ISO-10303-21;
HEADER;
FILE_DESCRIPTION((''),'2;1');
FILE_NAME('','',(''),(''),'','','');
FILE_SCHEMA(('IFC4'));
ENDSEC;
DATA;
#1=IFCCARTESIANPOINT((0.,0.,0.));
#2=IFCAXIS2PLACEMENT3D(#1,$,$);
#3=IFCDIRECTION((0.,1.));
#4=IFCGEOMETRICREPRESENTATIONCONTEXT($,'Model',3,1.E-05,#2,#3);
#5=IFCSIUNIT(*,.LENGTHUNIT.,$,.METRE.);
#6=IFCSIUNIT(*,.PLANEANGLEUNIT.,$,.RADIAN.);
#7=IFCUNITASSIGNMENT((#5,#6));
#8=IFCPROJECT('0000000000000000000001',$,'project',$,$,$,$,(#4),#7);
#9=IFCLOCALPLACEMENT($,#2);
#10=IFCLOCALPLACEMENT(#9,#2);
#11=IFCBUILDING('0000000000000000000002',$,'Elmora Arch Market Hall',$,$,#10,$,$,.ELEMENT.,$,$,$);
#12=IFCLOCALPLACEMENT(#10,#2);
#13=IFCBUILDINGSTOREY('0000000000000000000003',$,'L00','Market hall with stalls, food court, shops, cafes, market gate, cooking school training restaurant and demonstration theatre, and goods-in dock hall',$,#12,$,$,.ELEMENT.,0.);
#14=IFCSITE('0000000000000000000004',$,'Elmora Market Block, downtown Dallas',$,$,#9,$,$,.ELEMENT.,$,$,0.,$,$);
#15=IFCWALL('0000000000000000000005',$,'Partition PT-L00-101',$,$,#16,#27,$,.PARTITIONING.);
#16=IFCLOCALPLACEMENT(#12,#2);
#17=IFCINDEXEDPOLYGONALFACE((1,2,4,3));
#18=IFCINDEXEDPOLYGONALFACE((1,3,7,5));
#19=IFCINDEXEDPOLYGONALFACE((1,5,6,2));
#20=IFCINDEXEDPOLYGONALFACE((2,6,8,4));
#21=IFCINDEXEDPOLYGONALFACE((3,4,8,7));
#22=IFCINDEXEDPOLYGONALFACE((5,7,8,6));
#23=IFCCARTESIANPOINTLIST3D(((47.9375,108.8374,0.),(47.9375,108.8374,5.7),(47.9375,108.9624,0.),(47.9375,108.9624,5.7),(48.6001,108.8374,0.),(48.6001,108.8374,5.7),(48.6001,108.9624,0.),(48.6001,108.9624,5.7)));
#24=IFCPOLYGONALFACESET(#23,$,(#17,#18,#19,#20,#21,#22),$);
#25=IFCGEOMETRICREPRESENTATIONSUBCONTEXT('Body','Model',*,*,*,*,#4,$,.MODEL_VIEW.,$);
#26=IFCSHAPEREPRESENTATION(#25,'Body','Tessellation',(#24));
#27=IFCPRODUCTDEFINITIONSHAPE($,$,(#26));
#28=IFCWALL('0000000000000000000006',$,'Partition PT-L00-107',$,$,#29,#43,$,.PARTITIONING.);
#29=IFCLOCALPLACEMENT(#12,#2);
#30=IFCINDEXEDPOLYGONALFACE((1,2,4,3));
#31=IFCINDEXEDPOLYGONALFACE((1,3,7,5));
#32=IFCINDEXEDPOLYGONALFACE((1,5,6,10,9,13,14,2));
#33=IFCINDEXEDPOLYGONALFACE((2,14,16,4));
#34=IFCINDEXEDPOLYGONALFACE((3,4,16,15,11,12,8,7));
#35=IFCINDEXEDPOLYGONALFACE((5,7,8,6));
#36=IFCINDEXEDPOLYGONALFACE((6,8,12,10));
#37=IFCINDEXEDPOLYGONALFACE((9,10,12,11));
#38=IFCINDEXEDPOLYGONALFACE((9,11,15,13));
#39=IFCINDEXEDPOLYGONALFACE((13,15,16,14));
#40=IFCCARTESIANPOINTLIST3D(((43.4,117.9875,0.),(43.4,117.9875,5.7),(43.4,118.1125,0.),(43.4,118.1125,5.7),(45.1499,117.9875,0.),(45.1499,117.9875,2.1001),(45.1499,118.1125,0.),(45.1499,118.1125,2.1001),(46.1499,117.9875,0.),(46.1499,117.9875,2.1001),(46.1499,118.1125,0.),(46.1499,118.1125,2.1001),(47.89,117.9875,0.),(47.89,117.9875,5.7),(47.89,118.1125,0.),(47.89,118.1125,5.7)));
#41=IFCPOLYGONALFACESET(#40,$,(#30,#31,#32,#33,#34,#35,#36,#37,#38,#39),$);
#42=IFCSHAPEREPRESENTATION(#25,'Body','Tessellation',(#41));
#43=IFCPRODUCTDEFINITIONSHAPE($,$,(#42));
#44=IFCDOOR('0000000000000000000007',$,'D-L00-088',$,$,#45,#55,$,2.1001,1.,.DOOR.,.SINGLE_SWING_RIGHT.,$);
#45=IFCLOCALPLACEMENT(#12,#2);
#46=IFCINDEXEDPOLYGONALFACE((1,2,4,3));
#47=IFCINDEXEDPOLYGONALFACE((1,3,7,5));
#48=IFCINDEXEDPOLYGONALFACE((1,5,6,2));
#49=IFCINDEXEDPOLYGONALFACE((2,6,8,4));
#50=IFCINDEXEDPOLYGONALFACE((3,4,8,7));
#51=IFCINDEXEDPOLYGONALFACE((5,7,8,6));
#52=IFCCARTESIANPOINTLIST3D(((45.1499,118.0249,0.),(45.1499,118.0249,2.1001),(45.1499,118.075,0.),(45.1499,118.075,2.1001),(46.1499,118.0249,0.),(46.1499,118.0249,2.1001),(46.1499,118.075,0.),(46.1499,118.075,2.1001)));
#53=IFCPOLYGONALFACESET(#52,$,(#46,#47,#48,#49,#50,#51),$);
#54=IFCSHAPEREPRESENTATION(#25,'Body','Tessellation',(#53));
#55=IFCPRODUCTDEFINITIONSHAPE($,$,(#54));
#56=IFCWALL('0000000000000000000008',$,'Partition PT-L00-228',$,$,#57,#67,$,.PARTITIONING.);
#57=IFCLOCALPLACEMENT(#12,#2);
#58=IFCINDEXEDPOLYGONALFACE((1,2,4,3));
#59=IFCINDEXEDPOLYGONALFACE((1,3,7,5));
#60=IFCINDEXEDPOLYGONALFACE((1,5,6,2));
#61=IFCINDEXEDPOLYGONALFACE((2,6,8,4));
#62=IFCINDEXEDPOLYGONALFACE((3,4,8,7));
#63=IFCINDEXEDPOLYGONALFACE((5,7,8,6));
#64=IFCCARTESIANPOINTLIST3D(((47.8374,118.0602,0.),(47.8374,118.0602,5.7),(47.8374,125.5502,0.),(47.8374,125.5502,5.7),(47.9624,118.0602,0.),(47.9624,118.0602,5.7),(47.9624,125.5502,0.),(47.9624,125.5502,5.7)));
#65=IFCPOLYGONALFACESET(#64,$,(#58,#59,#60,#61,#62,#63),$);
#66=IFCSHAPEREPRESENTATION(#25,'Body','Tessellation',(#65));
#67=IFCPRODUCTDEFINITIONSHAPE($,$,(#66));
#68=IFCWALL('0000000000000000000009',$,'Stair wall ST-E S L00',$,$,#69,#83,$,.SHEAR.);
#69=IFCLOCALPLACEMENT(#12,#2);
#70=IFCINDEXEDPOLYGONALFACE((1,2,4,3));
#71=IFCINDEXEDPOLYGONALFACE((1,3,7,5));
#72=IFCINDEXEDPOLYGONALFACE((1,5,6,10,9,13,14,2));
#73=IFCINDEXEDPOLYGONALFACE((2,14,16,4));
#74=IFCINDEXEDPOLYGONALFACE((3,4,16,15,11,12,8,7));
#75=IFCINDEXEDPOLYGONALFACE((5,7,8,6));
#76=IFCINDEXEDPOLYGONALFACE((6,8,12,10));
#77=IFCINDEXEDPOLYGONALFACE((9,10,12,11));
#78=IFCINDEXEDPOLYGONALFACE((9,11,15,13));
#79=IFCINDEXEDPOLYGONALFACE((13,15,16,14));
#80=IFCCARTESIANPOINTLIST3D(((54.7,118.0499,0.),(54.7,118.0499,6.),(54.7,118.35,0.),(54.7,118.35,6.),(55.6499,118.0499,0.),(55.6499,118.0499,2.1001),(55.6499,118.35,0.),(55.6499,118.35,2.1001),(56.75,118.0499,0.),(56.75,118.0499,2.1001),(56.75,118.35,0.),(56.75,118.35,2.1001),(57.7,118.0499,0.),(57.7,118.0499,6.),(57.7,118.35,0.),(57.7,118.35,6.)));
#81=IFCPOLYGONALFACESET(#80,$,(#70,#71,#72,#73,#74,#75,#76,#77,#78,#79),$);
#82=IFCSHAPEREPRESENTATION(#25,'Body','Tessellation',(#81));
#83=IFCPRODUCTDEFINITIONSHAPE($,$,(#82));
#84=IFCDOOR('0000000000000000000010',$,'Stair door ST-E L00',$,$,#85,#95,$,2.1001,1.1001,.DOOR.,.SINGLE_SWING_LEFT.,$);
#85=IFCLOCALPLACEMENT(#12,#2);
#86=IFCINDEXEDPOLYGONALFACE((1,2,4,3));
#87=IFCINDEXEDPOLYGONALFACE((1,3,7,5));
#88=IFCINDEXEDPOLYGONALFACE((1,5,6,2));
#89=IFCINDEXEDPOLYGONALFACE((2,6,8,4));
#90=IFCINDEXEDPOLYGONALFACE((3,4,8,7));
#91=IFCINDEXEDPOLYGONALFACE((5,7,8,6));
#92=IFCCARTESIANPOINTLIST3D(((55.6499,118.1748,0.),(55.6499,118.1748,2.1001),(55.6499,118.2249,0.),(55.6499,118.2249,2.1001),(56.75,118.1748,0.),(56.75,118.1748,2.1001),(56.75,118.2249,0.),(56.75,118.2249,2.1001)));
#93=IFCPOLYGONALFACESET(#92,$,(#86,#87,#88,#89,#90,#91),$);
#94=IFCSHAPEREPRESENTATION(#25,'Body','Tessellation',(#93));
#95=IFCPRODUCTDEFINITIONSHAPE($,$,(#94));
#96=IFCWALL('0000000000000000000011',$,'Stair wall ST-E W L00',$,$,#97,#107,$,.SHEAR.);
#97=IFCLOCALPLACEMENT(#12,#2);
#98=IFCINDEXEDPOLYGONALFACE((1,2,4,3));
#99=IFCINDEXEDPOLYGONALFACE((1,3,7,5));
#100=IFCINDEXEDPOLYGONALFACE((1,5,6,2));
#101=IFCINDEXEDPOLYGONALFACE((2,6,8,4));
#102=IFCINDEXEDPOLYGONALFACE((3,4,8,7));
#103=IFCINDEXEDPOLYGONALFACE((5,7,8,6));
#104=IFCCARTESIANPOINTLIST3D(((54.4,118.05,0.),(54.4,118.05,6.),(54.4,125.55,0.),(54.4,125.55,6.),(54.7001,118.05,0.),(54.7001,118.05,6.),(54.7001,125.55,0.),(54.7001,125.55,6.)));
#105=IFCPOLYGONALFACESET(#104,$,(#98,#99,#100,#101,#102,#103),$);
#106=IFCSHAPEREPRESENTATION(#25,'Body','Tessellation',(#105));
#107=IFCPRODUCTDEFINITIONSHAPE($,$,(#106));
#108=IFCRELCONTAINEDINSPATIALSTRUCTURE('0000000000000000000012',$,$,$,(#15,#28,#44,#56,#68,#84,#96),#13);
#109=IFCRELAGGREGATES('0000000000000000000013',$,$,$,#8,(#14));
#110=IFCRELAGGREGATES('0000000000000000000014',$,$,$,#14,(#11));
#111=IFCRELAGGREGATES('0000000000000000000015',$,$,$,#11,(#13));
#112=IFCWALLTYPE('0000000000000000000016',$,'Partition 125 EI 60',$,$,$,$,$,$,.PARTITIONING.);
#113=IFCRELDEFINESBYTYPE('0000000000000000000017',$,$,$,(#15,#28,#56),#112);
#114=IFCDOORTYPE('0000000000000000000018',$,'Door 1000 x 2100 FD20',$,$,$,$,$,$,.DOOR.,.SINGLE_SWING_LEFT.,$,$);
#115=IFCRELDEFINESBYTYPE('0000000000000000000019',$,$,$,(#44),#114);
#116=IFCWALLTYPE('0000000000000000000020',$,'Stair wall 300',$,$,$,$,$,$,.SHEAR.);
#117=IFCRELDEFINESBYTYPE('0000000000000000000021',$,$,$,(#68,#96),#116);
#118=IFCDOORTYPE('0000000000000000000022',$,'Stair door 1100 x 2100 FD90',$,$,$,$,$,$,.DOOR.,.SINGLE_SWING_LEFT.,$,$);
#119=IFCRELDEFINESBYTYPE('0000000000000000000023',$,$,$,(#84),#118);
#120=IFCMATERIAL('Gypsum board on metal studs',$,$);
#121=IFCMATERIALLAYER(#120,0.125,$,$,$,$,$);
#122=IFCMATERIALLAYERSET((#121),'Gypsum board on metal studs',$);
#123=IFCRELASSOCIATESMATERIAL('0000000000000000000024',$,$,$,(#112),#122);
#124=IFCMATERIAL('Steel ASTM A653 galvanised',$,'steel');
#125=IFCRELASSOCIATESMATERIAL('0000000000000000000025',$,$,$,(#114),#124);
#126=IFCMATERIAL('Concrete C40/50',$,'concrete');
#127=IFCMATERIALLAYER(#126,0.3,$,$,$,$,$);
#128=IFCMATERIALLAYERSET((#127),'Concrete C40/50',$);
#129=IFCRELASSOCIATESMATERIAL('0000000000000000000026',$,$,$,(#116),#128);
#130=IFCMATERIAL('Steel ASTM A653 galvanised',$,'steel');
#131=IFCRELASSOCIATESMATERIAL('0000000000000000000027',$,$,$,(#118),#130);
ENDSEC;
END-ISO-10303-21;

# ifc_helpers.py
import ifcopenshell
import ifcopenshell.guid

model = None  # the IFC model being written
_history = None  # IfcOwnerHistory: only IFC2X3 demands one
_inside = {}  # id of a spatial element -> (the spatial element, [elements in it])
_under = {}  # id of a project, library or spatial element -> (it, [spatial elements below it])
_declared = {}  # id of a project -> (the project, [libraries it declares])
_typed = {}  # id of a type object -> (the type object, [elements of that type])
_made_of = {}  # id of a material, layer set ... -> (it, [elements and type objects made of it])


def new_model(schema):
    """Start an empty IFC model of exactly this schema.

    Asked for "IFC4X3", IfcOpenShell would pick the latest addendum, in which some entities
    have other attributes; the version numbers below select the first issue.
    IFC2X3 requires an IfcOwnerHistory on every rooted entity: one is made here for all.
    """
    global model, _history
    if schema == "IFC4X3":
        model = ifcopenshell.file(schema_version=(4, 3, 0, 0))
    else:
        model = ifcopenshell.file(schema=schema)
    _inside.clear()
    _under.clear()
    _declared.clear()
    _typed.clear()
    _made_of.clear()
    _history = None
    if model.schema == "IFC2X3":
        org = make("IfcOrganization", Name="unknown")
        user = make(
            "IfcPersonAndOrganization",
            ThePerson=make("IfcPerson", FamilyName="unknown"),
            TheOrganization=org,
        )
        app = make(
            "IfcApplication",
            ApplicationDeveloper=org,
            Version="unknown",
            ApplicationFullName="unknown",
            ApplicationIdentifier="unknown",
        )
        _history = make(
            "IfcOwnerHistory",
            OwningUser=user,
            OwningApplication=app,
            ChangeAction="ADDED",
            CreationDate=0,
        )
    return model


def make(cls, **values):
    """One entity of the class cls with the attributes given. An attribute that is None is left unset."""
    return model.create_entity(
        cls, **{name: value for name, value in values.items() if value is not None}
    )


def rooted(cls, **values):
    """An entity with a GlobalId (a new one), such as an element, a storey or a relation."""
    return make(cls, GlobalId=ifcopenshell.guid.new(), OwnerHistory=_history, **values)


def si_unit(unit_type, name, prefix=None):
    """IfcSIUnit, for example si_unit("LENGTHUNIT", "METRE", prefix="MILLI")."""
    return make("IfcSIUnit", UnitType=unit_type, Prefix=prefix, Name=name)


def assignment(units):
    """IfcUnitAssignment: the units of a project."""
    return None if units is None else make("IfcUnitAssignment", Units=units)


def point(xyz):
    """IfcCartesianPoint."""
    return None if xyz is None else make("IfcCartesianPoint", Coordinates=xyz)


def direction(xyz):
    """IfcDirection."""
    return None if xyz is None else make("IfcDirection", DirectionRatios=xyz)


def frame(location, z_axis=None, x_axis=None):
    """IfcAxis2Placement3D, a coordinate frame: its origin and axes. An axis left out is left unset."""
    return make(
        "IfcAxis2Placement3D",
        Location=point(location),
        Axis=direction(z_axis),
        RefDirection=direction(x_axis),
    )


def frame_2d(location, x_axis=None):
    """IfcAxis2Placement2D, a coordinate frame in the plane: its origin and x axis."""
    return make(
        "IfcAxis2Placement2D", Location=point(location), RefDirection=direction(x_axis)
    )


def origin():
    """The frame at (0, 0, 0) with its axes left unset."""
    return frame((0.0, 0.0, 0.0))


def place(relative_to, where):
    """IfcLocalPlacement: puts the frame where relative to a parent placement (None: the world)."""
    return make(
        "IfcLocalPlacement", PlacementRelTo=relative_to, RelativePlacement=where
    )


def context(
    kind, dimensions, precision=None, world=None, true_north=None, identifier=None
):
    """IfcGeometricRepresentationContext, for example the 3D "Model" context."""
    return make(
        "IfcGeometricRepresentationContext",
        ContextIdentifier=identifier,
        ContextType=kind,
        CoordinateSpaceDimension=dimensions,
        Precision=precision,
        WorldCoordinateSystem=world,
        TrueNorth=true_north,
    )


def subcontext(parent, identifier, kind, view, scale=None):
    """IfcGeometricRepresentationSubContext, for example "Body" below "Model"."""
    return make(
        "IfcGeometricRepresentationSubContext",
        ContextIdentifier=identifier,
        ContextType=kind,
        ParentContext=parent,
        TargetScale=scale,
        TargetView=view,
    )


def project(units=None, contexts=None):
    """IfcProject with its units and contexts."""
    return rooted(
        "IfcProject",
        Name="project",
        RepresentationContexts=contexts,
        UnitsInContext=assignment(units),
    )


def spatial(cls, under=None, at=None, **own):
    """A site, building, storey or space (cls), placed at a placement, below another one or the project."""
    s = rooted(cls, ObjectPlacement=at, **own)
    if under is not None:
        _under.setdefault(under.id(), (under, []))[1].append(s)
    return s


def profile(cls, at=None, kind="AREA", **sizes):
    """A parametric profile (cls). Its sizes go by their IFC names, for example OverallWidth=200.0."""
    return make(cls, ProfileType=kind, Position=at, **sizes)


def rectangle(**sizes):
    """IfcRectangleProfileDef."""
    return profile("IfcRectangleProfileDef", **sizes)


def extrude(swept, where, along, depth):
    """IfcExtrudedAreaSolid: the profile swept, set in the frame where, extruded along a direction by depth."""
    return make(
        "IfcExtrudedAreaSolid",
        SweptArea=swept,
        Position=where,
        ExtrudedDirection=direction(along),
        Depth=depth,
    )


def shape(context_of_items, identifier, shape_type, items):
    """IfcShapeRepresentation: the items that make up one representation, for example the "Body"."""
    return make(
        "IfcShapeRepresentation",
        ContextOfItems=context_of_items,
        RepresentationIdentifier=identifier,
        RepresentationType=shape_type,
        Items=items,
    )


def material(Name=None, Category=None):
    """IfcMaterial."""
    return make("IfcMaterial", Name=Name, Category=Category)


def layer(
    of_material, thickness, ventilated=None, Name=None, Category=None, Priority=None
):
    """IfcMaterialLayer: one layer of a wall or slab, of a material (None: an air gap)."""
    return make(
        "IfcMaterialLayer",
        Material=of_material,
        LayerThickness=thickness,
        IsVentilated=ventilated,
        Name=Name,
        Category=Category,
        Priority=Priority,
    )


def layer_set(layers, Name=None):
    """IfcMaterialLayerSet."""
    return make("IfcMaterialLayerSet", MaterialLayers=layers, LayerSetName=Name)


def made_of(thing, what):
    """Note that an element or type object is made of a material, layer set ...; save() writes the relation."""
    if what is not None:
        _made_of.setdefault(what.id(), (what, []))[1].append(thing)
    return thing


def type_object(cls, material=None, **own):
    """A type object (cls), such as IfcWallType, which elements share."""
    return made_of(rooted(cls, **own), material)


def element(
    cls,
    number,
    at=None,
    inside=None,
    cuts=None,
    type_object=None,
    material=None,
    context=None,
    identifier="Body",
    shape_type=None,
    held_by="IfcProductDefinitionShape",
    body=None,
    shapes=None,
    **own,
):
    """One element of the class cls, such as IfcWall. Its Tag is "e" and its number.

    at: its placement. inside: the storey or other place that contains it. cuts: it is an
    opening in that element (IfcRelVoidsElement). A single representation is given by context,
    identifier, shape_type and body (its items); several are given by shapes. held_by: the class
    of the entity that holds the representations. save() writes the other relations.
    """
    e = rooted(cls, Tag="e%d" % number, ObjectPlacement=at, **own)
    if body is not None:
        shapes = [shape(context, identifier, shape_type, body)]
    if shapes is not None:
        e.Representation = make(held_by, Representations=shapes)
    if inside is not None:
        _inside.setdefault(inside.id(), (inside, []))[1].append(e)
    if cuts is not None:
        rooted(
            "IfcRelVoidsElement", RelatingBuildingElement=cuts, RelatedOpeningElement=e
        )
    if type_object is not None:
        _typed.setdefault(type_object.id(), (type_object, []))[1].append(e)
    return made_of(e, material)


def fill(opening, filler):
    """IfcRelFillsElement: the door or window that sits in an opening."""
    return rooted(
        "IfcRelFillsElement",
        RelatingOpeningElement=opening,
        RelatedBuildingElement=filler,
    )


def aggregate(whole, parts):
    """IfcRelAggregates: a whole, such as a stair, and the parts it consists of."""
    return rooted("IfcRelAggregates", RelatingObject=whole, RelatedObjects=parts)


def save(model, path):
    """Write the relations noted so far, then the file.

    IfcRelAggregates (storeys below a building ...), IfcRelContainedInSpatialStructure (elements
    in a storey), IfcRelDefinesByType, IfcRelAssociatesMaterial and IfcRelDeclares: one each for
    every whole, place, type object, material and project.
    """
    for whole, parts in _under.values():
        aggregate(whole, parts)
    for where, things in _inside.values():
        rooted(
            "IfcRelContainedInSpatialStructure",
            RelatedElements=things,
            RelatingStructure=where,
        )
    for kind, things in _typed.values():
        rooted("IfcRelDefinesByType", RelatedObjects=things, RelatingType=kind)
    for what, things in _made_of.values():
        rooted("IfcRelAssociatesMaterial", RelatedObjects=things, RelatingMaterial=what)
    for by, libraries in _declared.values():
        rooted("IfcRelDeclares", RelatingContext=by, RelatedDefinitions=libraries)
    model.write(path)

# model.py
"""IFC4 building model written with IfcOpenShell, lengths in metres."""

from ifc_helpers import new_model, si_unit, direction, frame, frame_2d, origin, place, context, subcontext, project, spatial, rectangle, extrude, material, layer, layer_set, type_object, element, fill, save


model = new_model("IFC4")

# Units and contexts
model_context = context("Model", 3, precision=1e-05, world=origin(), true_north=direction((0.0, 1.0)))
body_context = subcontext(model_context, "Body", "Model", "MODEL_VIEW")
ifc_project = project(units=[si_unit("LENGTHUNIT", "METRE"), si_unit("PLANEANGLEUNIT", "RADIAN")], contexts=[model_context])

# Site, building, storey
site_placement = place(None, origin())
site = spatial("IfcSite", under=ifc_project, at=site_placement, Name="Elmora Market Block, downtown Dallas", CompositionType="ELEMENT", RefElevation=0.0)
building_placement = place(site_placement, origin())
building = spatial("IfcBuilding", under=site, at=building_placement, Name="Elmora Arch Market Hall", CompositionType="ELEMENT")
storey_placement = place(building_placement, origin())
storey = spatial("IfcBuildingStorey", under=building, at=storey_placement, Name="L00", Description="Market hall with stalls, food court, shops, cafes, market gate, cooking school training restaurant and demonstration theatre, and goods-in dock hall", CompositionType="ELEMENT", Elevation=0.0)

# Wall
ifc_material_1 = material(Name="Gypsum board on metal studs")
ifc_layer_1 = layer(ifc_material_1, 0.125)
ifc_layer_set_1 = layer_set([ifc_layer_1], Name="Gypsum board on metal studs")
wall_type_1 = type_object("IfcWallType", Name="Partition 125 EI 60", PredefinedType="PARTITIONING", material=ifc_layer_set_1)
wall_1_placement = place(storey_placement, frame((47.9375, 108.8999, 0.0), z_axis=(0.0, 0.0, 1.0), x_axis=(1.0, 0.0, 0.0)))
element("IfcWall", 1, at=wall_1_placement, inside=storey, type_object=wall_type_1, Name="Partition PT-L00-101", PredefinedType="PARTITIONING", context=body_context, shape_type="SweptSolid", body=[
    extrude(rectangle(XDim=0.6626, YDim=0.125, at=frame_2d((0.3313, 0.0))), origin(), (0.0, 0.0, 1.0), 5.7),
])

# Wall, opening, door
wall_2_placement = place(storey_placement, frame((43.3999, 118.05, 0.0), z_axis=(0.0, 0.0, 1.0), x_axis=(1.0, 0.0, 0.0)))
wall_2 = element("IfcWall", 2, at=wall_2_placement, inside=storey, type_object=wall_type_1, Name="Partition PT-L00-107", PredefinedType="PARTITIONING", context=body_context, shape_type="SweptSolid", body=[
    extrude(rectangle(XDim=4.49, YDim=0.125, at=frame_2d((2.2451, 0.0))), origin(), (0.0, 0.0, 1.0), 5.7),
])
opening_1_placement = place(wall_2_placement, frame((1.75, 0.0, 0.0)))
opening_1 = element("IfcOpeningElement", 3, at=opening_1_placement, cuts=wall_2, PredefinedType="OPENING", context=body_context, shape_type="SweptSolid", body=[
    extrude(rectangle(XDim=1.0, YDim=2.1001, at=frame_2d((0.5, 1.05))), frame((0.0, 0.0725, 0.0), z_axis=(0.0, -1.0, 0.0), x_axis=(1.0, 0.0, 0.0)), (0.0, 0.0, 1.0), 0.145),
])
ifc_material_2 = material(Name="Steel ASTM A653 galvanised", Category="steel")
door_type_1 = type_object("IfcDoorType", Name="Door 1000 x 2100 FD20", OperationType="SINGLE_SWING_LEFT", PredefinedType="DOOR", material=ifc_material_2)
door_1_placement = place(opening_1_placement, origin())
door_1 = element("IfcDoor", 4, at=door_1_placement, inside=storey, type_object=door_type_1, Name="D-L00-088", OperationType="SINGLE_SWING_RIGHT", OverallHeight=2.1001, OverallWidth=1.0, PredefinedType="DOOR", context=body_context, shape_type="SweptSolid", body=[
    extrude(rectangle(XDim=1.0, YDim=2.1001, at=frame_2d((0.5, 1.05))), frame((0.0, 0.0249, 0.0), z_axis=(0.0, -1.0, 0.0), x_axis=(1.0, 0.0, 0.0)), (0.0, 0.0, 1.0), 0.05),
])
fill(opening_1, door_1)

# Wall
wall_3_placement = place(storey_placement, frame((47.8999, 118.0601, 0.0), z_axis=(0.0, 0.0, 1.0), x_axis=(0.0, 1.0, 0.0)))
element("IfcWall", 5, at=wall_3_placement, inside=storey, type_object=wall_type_1, Name="Partition PT-L00-228", PredefinedType="PARTITIONING", context=body_context, shape_type="SweptSolid", body=[
    extrude(rectangle(XDim=7.49, YDim=0.125, at=frame_2d((3.7451, 0.0))), origin(), (0.0, 0.0, 1.0), 5.7),
])

# Wall, opening, door
ifc_material_3 = material(Name="Concrete C40/50", Category="concrete")
ifc_layer_2 = layer(ifc_material_3, 0.3)
ifc_layer_set_2 = layer_set([ifc_layer_2], Name="Concrete C40/50")
wall_type_2 = type_object("IfcWallType", Name="Stair wall 300", PredefinedType="SHEAR", material=ifc_layer_set_2)
wall_4_placement = place(storey_placement, frame((54.7, 118.2, 0.0), z_axis=(0.0, 0.0, 1.0), x_axis=(1.0, 0.0, 0.0)))
wall_4 = element("IfcWall", 6, at=wall_4_placement, inside=storey, type_object=wall_type_2, Name="Stair wall ST-E S L00", PredefinedType="SHEAR", context=body_context, shape_type="SweptSolid", body=[
    extrude(rectangle(XDim=3.0, YDim=0.3, at=frame_2d((1.5, 0.0))), origin(), (0.0, 0.0, 1.0), 6.0),
])
opening_2_placement = place(wall_4_placement, frame((0.95, 0.0, 0.0)))
opening_2 = element("IfcOpeningElement", 7, at=opening_2_placement, cuts=wall_4, PredefinedType="OPENING", context=body_context, shape_type="SweptSolid", body=[
    extrude(rectangle(XDim=1.1001, YDim=2.1001, at=frame_2d((0.55, 1.05))), frame((0.0, 0.1599, 0.0), z_axis=(0.0, -1.0, 0.0), x_axis=(1.0, 0.0, 0.0)), (0.0, 0.0, 1.0), 0.3201),
])
ifc_material_4 = material(Name="Steel ASTM A653 galvanised", Category="steel")
door_type_2 = type_object("IfcDoorType", Name="Stair door 1100 x 2100 FD90", OperationType="SINGLE_SWING_LEFT", PredefinedType="DOOR", material=ifc_material_4)
door_2_placement = place(opening_2_placement, origin())
door_2 = element("IfcDoor", 8, at=door_2_placement, inside=storey, type_object=door_type_2, Name="Stair door ST-E L00", OperationType="SINGLE_SWING_LEFT", OverallHeight=2.1001, OverallWidth=1.1001, PredefinedType="DOOR", context=body_context, shape_type="SweptSolid", body=[
    extrude(rectangle(XDim=1.1001, YDim=2.1001, at=frame_2d((0.55, 1.05))), frame((0.0, 0.0249, 0.0), z_axis=(0.0, -1.0, 0.0), x_axis=(1.0, 0.0, 0.0)), (0.0, 0.0, 1.0), 0.05),
])
fill(opening_2, door_2)

# Wall
wall_5_placement = place(storey_placement, frame((54.55, 118.05, 0.0), z_axis=(0.0, 0.0, 1.0), x_axis=(0.0, 1.0, 0.0)))
element("IfcWall", 9, at=wall_5_placement, inside=storey, type_object=wall_type_2, Name="Stair wall ST-E W L00", PredefinedType="SHEAR", context=body_context, shape_type="SweptSolid", body=[
    extrude(rectangle(XDim=7.5, YDim=0.3, at=frame_2d((3.75, 0.0))), origin(), (0.0, 0.0, 1.0), 6.0),
])

save(model, "model.ifc")
